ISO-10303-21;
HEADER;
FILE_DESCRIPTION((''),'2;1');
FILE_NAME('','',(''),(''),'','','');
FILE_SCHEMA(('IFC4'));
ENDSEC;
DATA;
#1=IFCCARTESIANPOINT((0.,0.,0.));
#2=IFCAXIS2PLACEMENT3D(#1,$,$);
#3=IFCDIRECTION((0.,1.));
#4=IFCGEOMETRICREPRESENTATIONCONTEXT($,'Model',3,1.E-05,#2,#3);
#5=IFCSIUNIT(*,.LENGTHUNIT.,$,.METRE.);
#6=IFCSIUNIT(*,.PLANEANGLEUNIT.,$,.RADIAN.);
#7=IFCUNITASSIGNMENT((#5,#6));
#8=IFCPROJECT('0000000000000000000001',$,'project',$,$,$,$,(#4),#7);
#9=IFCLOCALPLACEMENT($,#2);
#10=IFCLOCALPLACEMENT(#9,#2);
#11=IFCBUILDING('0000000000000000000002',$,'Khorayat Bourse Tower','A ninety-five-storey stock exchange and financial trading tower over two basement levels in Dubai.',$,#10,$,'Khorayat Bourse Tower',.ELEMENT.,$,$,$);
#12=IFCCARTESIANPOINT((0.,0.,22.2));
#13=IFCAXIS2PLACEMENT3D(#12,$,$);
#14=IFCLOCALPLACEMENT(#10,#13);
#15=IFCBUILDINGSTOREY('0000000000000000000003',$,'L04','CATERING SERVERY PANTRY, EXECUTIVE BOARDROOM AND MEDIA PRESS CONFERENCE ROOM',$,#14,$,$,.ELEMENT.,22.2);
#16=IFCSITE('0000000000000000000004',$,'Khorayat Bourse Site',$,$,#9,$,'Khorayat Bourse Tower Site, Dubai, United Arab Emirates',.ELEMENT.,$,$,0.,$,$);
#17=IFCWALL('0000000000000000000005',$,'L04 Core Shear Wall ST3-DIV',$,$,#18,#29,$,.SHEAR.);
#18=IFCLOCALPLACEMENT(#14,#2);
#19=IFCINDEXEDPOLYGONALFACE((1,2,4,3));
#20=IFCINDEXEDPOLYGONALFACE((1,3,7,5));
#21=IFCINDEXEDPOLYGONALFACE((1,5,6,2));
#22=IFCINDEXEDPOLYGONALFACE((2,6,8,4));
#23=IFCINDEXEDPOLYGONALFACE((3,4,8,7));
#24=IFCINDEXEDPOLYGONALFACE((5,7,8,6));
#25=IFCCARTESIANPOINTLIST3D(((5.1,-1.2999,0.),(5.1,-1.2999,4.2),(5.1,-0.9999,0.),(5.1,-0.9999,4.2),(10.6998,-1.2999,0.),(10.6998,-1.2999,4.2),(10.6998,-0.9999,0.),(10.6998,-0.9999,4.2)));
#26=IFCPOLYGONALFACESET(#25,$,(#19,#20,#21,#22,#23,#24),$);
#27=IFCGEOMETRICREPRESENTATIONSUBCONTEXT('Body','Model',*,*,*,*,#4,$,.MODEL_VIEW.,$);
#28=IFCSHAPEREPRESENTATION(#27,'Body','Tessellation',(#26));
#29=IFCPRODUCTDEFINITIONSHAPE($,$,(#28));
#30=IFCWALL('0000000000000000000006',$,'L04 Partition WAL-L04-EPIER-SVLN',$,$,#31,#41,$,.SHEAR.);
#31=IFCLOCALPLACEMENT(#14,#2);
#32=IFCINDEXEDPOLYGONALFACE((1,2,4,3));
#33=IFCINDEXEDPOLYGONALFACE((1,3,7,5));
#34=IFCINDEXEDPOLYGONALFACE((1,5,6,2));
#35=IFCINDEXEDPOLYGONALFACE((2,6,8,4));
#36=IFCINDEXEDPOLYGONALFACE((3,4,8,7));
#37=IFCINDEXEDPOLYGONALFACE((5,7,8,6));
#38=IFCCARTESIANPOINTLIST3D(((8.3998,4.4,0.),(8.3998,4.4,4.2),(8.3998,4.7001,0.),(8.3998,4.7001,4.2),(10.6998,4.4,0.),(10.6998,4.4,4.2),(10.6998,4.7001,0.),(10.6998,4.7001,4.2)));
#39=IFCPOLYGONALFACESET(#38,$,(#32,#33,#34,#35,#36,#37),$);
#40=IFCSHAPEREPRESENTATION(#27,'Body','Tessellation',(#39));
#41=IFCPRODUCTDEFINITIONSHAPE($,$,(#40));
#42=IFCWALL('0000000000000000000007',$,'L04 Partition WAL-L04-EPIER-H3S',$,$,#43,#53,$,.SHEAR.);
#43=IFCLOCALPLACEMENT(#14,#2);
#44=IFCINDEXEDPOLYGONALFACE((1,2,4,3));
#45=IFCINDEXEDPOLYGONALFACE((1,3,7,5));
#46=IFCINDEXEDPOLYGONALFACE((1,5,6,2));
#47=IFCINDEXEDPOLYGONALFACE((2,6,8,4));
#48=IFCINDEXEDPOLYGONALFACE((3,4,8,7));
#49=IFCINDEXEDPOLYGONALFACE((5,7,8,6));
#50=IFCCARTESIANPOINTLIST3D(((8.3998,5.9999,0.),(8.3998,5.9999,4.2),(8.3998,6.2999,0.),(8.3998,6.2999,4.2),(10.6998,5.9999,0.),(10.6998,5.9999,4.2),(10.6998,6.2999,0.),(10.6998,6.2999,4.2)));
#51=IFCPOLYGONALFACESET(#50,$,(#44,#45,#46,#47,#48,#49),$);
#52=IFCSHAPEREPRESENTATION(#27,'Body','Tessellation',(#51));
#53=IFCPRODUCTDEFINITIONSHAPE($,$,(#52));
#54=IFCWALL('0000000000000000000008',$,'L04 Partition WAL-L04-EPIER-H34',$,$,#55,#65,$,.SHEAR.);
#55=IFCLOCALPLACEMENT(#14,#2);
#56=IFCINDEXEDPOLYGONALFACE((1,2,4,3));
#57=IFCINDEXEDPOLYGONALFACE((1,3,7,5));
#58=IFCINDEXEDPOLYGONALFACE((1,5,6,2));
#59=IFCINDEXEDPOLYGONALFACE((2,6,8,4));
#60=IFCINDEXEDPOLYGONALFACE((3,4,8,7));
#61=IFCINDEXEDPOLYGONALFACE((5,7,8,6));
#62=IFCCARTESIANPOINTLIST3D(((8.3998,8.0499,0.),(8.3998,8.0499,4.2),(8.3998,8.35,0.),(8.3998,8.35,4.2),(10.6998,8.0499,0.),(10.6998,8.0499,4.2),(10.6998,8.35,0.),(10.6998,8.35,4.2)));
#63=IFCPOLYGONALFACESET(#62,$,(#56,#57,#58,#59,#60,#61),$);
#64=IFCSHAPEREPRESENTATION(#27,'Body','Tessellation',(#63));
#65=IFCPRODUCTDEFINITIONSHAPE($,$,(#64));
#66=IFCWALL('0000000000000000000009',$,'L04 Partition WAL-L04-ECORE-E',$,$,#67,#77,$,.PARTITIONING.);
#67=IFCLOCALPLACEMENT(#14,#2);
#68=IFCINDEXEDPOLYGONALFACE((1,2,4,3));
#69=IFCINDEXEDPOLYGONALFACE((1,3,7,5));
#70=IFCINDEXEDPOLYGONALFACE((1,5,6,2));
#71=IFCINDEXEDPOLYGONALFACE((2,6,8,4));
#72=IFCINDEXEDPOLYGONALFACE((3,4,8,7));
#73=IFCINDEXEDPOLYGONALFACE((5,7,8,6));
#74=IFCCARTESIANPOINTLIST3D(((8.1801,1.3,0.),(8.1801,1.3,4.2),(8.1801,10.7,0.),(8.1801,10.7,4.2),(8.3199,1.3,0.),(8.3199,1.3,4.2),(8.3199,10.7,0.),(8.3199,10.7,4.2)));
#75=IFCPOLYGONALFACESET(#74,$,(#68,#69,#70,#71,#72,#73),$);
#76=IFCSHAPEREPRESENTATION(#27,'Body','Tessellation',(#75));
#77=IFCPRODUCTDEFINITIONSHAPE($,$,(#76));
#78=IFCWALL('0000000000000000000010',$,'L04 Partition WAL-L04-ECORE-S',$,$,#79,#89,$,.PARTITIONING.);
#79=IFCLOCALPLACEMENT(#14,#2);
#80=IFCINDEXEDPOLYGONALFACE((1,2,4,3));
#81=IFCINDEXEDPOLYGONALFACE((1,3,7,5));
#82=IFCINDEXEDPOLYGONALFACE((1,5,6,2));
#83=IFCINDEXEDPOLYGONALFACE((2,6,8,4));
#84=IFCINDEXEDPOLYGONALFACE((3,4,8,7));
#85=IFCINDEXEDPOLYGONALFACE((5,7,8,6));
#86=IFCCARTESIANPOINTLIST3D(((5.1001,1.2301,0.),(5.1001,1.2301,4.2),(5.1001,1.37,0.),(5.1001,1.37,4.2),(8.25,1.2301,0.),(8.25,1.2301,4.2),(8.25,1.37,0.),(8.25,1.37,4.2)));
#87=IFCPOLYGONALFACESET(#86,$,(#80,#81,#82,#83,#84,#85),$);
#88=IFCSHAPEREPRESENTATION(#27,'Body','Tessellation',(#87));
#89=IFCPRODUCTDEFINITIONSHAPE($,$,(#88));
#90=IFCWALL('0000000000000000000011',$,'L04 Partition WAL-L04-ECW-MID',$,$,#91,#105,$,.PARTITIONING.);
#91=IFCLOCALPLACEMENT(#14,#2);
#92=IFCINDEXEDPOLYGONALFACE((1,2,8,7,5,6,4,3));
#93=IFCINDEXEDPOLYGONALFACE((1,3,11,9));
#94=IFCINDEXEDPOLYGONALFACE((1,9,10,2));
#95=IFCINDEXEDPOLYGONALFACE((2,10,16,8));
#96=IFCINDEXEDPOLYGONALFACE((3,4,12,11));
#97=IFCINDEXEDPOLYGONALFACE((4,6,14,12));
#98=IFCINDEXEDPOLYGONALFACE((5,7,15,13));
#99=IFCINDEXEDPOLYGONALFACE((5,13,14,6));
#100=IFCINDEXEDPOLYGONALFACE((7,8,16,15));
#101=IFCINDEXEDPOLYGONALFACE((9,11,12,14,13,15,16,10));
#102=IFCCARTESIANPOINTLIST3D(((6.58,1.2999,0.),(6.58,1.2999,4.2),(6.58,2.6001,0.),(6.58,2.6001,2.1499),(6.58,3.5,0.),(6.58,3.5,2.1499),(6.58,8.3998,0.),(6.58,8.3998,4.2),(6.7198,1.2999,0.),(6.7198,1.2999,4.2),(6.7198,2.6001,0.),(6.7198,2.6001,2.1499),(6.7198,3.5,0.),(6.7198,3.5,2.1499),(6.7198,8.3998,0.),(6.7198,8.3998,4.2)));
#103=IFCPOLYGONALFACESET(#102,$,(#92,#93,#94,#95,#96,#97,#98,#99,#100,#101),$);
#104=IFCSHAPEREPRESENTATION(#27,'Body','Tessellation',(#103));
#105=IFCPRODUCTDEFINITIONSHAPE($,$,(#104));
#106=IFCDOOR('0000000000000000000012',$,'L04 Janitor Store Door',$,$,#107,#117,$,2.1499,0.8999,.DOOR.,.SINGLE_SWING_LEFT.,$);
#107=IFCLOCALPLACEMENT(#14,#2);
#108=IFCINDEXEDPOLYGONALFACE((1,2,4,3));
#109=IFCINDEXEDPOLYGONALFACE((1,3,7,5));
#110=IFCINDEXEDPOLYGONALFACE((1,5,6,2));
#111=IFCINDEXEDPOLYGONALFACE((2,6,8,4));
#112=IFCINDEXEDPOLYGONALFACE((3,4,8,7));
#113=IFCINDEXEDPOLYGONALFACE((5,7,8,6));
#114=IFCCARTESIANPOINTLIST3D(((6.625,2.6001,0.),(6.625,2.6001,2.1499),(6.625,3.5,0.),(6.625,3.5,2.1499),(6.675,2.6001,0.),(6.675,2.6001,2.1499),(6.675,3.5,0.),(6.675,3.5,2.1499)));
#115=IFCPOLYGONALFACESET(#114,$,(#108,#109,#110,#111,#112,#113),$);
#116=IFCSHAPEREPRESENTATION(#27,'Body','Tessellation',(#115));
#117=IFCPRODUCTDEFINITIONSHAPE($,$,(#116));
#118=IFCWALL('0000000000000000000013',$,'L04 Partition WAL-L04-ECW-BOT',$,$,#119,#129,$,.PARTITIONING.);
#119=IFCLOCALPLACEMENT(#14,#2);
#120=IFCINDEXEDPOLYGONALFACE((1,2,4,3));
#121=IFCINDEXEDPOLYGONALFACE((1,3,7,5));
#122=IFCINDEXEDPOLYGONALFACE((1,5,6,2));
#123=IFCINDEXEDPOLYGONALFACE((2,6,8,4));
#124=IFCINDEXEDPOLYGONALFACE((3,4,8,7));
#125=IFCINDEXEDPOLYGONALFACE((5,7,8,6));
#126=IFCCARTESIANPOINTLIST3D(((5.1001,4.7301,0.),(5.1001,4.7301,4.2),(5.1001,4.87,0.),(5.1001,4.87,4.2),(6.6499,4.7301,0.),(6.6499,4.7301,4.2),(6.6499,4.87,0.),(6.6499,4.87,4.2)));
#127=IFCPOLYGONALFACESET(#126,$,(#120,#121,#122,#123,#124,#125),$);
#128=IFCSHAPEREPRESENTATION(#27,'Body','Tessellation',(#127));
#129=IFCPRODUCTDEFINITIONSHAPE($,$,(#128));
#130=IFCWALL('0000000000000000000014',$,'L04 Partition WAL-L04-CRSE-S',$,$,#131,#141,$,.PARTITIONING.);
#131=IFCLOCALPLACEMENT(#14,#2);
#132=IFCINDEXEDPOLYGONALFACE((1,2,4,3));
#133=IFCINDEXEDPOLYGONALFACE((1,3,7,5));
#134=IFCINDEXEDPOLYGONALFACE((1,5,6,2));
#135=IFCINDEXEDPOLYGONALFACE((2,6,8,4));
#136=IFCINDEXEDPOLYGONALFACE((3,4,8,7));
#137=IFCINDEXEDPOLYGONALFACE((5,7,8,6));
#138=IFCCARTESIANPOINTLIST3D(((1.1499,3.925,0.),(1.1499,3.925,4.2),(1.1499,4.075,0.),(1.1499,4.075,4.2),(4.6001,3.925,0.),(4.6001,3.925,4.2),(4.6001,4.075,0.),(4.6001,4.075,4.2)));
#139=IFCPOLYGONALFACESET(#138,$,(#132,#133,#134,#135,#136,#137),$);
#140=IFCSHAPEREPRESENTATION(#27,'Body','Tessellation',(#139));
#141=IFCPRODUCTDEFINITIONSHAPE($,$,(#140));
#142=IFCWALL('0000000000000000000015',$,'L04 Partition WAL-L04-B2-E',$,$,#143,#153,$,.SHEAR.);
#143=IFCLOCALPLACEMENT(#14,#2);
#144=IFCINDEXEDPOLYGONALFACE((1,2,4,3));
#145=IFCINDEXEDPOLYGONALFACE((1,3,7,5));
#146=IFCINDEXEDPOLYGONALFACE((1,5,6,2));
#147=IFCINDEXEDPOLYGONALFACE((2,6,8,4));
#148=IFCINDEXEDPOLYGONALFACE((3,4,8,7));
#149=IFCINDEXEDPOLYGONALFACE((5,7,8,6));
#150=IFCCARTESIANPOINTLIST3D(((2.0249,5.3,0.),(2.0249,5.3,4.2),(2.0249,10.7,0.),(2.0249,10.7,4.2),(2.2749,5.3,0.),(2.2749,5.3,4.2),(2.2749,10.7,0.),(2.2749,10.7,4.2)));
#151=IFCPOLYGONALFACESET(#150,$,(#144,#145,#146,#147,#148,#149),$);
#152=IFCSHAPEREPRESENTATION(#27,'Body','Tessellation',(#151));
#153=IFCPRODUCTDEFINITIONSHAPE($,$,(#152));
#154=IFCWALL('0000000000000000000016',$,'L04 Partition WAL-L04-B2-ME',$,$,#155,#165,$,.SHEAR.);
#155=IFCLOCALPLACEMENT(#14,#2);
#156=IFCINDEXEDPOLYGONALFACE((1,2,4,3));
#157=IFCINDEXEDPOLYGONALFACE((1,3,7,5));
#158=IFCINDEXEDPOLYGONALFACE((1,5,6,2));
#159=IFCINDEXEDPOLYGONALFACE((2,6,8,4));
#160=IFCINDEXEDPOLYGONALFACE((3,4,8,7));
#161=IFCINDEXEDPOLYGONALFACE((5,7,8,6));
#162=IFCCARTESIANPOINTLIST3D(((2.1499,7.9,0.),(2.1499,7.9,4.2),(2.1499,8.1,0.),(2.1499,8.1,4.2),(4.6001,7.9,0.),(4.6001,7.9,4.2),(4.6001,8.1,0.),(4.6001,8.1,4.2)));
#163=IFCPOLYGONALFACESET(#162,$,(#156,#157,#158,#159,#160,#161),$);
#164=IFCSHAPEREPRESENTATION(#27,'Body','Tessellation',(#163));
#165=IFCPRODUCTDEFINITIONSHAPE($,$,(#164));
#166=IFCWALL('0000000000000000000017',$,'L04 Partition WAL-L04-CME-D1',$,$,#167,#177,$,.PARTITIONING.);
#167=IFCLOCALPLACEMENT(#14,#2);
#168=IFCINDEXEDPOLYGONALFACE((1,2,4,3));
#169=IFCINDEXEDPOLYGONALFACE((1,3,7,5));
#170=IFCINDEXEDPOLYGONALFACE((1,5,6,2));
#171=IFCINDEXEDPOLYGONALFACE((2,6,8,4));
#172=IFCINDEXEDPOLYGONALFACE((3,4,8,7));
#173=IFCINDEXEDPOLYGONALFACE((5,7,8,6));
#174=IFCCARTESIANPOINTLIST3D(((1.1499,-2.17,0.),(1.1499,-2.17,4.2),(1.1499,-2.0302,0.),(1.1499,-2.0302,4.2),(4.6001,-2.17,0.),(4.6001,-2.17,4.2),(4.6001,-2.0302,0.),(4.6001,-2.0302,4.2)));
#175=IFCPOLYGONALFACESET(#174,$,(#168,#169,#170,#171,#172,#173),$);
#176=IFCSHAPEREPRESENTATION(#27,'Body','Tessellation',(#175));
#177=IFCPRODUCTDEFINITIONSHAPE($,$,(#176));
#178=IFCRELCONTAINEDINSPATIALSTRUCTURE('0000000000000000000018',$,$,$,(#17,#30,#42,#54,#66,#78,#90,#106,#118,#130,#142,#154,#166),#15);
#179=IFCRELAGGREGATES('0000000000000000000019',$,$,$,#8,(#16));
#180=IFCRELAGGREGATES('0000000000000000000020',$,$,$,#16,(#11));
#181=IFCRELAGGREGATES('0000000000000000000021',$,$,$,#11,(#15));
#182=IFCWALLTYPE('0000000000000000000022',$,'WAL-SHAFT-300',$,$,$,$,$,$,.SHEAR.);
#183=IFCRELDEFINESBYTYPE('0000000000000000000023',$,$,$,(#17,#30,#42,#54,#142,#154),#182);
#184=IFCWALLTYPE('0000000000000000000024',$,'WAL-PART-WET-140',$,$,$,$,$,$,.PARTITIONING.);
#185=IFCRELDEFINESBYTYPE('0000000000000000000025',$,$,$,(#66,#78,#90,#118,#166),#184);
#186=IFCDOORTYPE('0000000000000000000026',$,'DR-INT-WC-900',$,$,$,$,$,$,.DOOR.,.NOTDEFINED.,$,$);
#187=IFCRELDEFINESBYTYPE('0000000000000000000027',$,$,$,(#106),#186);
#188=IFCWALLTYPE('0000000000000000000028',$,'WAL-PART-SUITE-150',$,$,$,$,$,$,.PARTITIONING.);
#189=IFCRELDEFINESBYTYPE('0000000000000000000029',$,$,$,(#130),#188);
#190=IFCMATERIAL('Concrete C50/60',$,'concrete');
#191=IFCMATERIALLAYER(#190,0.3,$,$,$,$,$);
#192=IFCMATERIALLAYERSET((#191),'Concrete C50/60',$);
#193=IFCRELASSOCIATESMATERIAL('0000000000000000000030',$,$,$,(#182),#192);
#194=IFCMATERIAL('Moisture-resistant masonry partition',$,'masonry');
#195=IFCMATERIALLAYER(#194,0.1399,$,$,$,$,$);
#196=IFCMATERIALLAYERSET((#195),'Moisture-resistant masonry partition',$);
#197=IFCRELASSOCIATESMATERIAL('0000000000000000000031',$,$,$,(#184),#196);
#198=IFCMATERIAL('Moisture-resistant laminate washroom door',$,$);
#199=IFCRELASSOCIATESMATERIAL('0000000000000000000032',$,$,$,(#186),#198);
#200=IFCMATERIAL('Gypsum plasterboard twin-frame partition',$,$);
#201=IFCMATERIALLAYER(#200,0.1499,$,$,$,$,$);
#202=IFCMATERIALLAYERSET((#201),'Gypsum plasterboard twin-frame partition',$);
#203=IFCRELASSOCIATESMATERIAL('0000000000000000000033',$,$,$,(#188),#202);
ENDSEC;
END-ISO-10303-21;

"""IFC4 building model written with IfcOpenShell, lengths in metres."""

from ifc_helpers import new_model, si_unit, direction, frame, frame_2d, origin, place, context, subcontext, project, spatial, rectangle, extrude, source, transform, mapped, material, layer, layer_set, type_object, element, fill, save


model = new_model("IFC4")

# Units and contexts
model_context = context("Model", 3, precision=1e-05, world=origin(), true_north=direction((0.0, 1.0)))
body_context = subcontext(model_context, "Body", "Model", "MODEL_VIEW")
ifc_project = project(units=[si_unit("LENGTHUNIT", "METRE"), si_unit("PLANEANGLEUNIT", "RADIAN")], contexts=[model_context])

# Site, building, storey
site_placement = place(None, origin())
site = spatial("IfcSite", under=ifc_project, at=site_placement, Name="Khorayat Bourse Site", LongName="Khorayat Bourse Tower Site, Dubai, United Arab Emirates", CompositionType="ELEMENT", RefElevation=0.0)
building_placement = place(site_placement, origin())
building = spatial("IfcBuilding", under=site, at=building_placement, Name="Khorayat Bourse Tower", Description="A ninety-five-storey stock exchange and financial trading tower over two basement levels in Dubai.", LongName="Khorayat Bourse Tower", CompositionType="ELEMENT")
storey_placement = place(building_placement, frame((0.0, 0.0, 22.2)))
storey = spatial("IfcBuildingStorey", under=building, at=storey_placement, Name="L04", Description="CATERING SERVERY PANTRY, EXECUTIVE BOARDROOM AND MEDIA PRESS CONFERENCE ROOM", CompositionType="ELEMENT", Elevation=22.2)

# Walls
ifc_material_1 = material(Name="Concrete C50/60", Category="concrete")
ifc_layer_1 = layer(ifc_material_1, 0.3)
ifc_layer_set_1 = layer_set([ifc_layer_1], Name="Concrete C50/60")
wall_type_1 = type_object("IfcWallType", Name="WAL-SHAFT-300", PredefinedType="SHEAR", material=ifc_layer_set_1)
shared_shape_1 = source(origin(), body_context, "Body", "SweptSolid", [
    extrude(rectangle(XDim=5.5999, YDim=0.3, at=frame_2d((2.7998, 0.0))), origin(), (0.0, 0.0, 1.0), 4.2),
])
wall_1_placement = place(storey_placement, frame((5.1001, -1.1499, 0.0), z_axis=(0.0, 0.0, 1.0), x_axis=(1.0, 0.0, 0.0)))
element("IfcWall", 1, at=wall_1_placement, inside=storey, type_object=wall_type_1, Name="L04 Core Shear Wall ST3-DIV", PredefinedType="SHEAR", context=body_context, shape_type="MappedRepresentation", body=[
    mapped(shared_shape_1, transform((0.0, 0.0, 0.0), scale=1.0)),
])
shared_shape_2 = source(origin(), body_context, "Body", "SweptSolid", [
    extrude(rectangle(XDim=2.3, YDim=0.3, at=frame_2d((1.1499, 0.0))), origin(), (0.0, 0.0, 1.0), 4.2),
])
for number, where, z_axis, x_axis, name in (
    (2, (8.3999, 4.55, 0.0), (0.0, 0.0, 1.0), (1.0, 0.0, 0.0), "L04 Partition WAL-L04-EPIER-SVLN"),
    (3, (8.3999, 6.1499, 0.0), (0.0, 0.0, 1.0), (1.0, 0.0, 0.0), "L04 Partition WAL-L04-EPIER-H3S"),
    (4, (8.3999, 8.2, 0.0), (0.0, 0.0, 1.0), (1.0, 0.0, 0.0), "L04 Partition WAL-L04-EPIER-H34"),
):
    element("IfcWall", number, at=place(storey_placement, frame(where, z_axis=z_axis, x_axis=x_axis)), inside=storey, type_object=wall_type_1, Name=name, PredefinedType="SHEAR", context=body_context, shape_type="MappedRepresentation", body=[
        mapped(shared_shape_2, transform((0.0, 0.0, 0.0), scale=1.0)),
    ])
ifc_material_2 = material(Name="Moisture-resistant masonry partition", Category="masonry")
ifc_layer_2 = layer(ifc_material_2, 0.1399)
ifc_layer_set_2 = layer_set([ifc_layer_2], Name="Moisture-resistant masonry partition")
wall_type_2 = type_object("IfcWallType", Name="WAL-PART-WET-140", PredefinedType="PARTITIONING", material=ifc_layer_set_2)
shared_shape_3 = source(origin(), body_context, "Body", "SweptSolid", [
    extrude(rectangle(XDim=9.3999, YDim=0.1399, at=frame_2d((4.7, 0.0))), origin(), (0.0, 0.0, 1.0), 4.2),
])
wall_2_placement = place(storey_placement, frame((8.25, 1.3, 0.0), z_axis=(0.0, 0.0, 1.0), x_axis=(0.0, 1.0, 0.0)))
element("IfcWall", 5, at=wall_2_placement, inside=storey, type_object=wall_type_2, Name="L04 Partition WAL-L04-ECORE-E", PredefinedType="PARTITIONING", context=body_context, shape_type="MappedRepresentation", body=[
    mapped(shared_shape_3, transform((0.0, 0.0, 0.0), scale=1.0)),
])
shared_shape_4 = source(origin(), body_context, "Body", "SweptSolid", [
    extrude(rectangle(XDim=3.1499, YDim=0.1399, at=frame_2d((1.575, 0.0))), origin(), (0.0, 0.0, 1.0), 4.2),
])
wall_3_placement = place(storey_placement, frame((5.1001, 1.3, 0.0), z_axis=(0.0, 0.0, 1.0), x_axis=(1.0, 0.0, 0.0)))
element("IfcWall", 6, at=wall_3_placement, inside=storey, type_object=wall_type_2, Name="L04 Partition WAL-L04-ECORE-S", PredefinedType="PARTITIONING", context=body_context, shape_type="MappedRepresentation", body=[
    mapped(shared_shape_4, transform((0.0, 0.0, 0.0), scale=1.0)),
])

# Wall, opening, door
shared_shape_5 = source(origin(), body_context, "Body", "SweptSolid", [
    extrude(rectangle(XDim=7.0999, YDim=0.1399, at=frame_2d((3.5498, 0.0))), origin(), (0.0, 0.0, 1.0), 4.2),
])
wall_4_placement = place(storey_placement, frame((6.6499, 1.3, 0.0), z_axis=(0.0, 0.0, 1.0), x_axis=(0.0, 1.0, 0.0)))
wall_4 = element("IfcWall", 7, at=wall_4_placement, inside=storey, type_object=wall_type_2, Name="L04 Partition WAL-L04-ECW-MID", PredefinedType="PARTITIONING", context=body_context, shape_type="MappedRepresentation", body=[
    mapped(shared_shape_5, transform((0.0, 0.0, 0.0), scale=1.0)),
])
shared_shape_6 = source(origin(), body_context, "Body", "SweptSolid", [
    extrude(rectangle(XDim=0.8999, YDim=2.1499, at=frame_2d((0.45, 1.075))), frame((0.0, 0.0798, 0.0), z_axis=(0.0, -1.0, 0.0), x_axis=(1.0, 0.0, 0.0)), (0.0, 0.0, 1.0), 0.1599),
])
opening_placement = place(wall_4_placement, frame((1.3, 0.0, 0.0)))
opening = element("IfcOpeningElement", 8, at=opening_placement, cuts=wall_4, PredefinedType="OPENING", context=body_context, shape_type="MappedRepresentation", body=[
    mapped(shared_shape_6, transform((0.0, 0.0, 0.0), scale=1.0)),
])
ifc_material_3 = material(Name="Moisture-resistant laminate washroom door")
door_type = type_object("IfcDoorType", Name="DR-INT-WC-900", OperationType="NOTDEFINED", PredefinedType="DOOR", material=ifc_material_3)
shared_shape_7 = source(origin(), body_context, "Body", "SweptSolid", [
    extrude(rectangle(XDim=0.8999, YDim=2.1499, at=frame_2d((0.45, 1.075))), frame((0.0, 0.0249, 0.0), z_axis=(0.0, -1.0, 0.0), x_axis=(1.0, 0.0, 0.0)), (0.0, 0.0, 1.0), 0.05),
])
door_placement = place(opening_placement, origin())
door = element("IfcDoor", 9, at=door_placement, inside=storey, type_object=door_type, Name="L04 Janitor Store Door", OperationType="SINGLE_SWING_LEFT", OverallHeight=2.1499, OverallWidth=0.8999, PredefinedType="DOOR", context=body_context, shape_type="MappedRepresentation", body=[
    mapped(shared_shape_7, transform((0.0, 0.0, 0.0), scale=1.0)),
])
fill(opening, door)

# Walls
shared_shape_8 = source(origin(), body_context, "Body", "SweptSolid", [
    extrude(rectangle(XDim=1.5498, YDim=0.1399, at=frame_2d((0.7749, 0.0))), origin(), (0.0, 0.0, 1.0), 4.2),
])
wall_5_placement = place(storey_placement, frame((5.1001, 4.8, 0.0), z_axis=(0.0, 0.0, 1.0), x_axis=(1.0, 0.0, 0.0)))
element("IfcWall", 10, at=wall_5_placement, inside=storey, type_object=wall_type_2, Name="L04 Partition WAL-L04-ECW-BOT", PredefinedType="PARTITIONING", context=body_context, shape_type="MappedRepresentation", body=[
    mapped(shared_shape_8, transform((0.0, 0.0, 0.0), scale=1.0)),
])
ifc_material_4 = material(Name="Gypsum plasterboard twin-frame partition")
ifc_layer_3 = layer(ifc_material_4, 0.1499)
ifc_layer_set_3 = layer_set([ifc_layer_3], Name="Gypsum plasterboard twin-frame partition")
wall_type_3 = type_object("IfcWallType", Name="WAL-PART-SUITE-150", PredefinedType="PARTITIONING", material=ifc_layer_set_3)
shared_shape_9 = source(origin(), body_context, "Body", "SweptSolid", [
    extrude(rectangle(XDim=3.4502, YDim=0.1499, at=frame_2d((1.7251, 0.0))), origin(), (0.0, 0.0, 1.0), 4.2),
])
wall_6_placement = place(storey_placement, frame((1.1499, 4.0, 0.0), z_axis=(0.0, 0.0, 1.0), x_axis=(1.0, 0.0, 0.0)))
element("IfcWall", 11, at=wall_6_placement, inside=storey, type_object=wall_type_3, Name="L04 Partition WAL-L04-CRSE-S", PredefinedType="PARTITIONING", context=body_context, shape_type="MappedRepresentation", body=[
    mapped(shared_shape_9, transform((0.0, 0.0, 0.0), scale=1.0)),
])
shared_shape_10 = source(origin(), body_context, "Body", "SweptSolid", [
    extrude(rectangle(XDim=5.3999, YDim=0.25, at=frame_2d((2.7, 0.0))), origin(), (0.0, 0.0, 1.0), 4.2),
])
wall_7_placement = place(storey_placement, frame((2.1499, 5.3, 0.0), z_axis=(0.0, 0.0, 1.0), x_axis=(0.0, 1.0, 0.0)))
element("IfcWall", 12, at=wall_7_placement, inside=storey, type_object=wall_type_1, Name="L04 Partition WAL-L04-B2-E", PredefinedType="SHEAR", context=body_context, shape_type="MappedRepresentation", body=[
    mapped(shared_shape_10, transform((0.0, 0.0, 0.0), scale=1.0)),
])
shared_shape_11 = source(origin(), body_context, "Body", "SweptSolid", [
    extrude(rectangle(XDim=2.4502, YDim=0.2, at=frame_2d((1.2251, 0.0))), origin(), (0.0, 0.0, 1.0), 4.2),
])
wall_8_placement = place(storey_placement, frame((2.1499, 8.0, 0.0), z_axis=(0.0, 0.0, 1.0), x_axis=(1.0, 0.0, 0.0)))
element("IfcWall", 13, at=wall_8_placement, inside=storey, type_object=wall_type_1, Name="L04 Partition WAL-L04-B2-ME", PredefinedType="SHEAR", context=body_context, shape_type="MappedRepresentation", body=[
    mapped(shared_shape_11, transform((0.0, 0.0, 0.0), scale=1.0)),
])
shared_shape_12 = source(origin(), body_context, "Body", "SweptSolid", [
    extrude(rectangle(XDim=3.4502, YDim=0.1399, at=frame_2d((1.7251, 0.0))), origin(), (0.0, 0.0, 1.0), 4.2),
])
for number, where, z_axis, x_axis, name in (
    (14, (1.1499, -2.1001, 0.0), (0.0, 0.0, 1.0), (1.0, 0.0, 0.0), "L04 Partition WAL-L04-CME-D1"),
):
    element("IfcWall", number, at=place(storey_placement, frame(where, z_axis=z_axis, x_axis=x_axis)), inside=storey, type_object=wall_type_2, Name=name, PredefinedType="PARTITIONING", context=body_context, shape_type="MappedRepresentation", body=[
        mapped(shared_shape_12, transform((0.0, 0.0, 0.0), scale=1.0)),
    ])

save(model, "model.ifc")
